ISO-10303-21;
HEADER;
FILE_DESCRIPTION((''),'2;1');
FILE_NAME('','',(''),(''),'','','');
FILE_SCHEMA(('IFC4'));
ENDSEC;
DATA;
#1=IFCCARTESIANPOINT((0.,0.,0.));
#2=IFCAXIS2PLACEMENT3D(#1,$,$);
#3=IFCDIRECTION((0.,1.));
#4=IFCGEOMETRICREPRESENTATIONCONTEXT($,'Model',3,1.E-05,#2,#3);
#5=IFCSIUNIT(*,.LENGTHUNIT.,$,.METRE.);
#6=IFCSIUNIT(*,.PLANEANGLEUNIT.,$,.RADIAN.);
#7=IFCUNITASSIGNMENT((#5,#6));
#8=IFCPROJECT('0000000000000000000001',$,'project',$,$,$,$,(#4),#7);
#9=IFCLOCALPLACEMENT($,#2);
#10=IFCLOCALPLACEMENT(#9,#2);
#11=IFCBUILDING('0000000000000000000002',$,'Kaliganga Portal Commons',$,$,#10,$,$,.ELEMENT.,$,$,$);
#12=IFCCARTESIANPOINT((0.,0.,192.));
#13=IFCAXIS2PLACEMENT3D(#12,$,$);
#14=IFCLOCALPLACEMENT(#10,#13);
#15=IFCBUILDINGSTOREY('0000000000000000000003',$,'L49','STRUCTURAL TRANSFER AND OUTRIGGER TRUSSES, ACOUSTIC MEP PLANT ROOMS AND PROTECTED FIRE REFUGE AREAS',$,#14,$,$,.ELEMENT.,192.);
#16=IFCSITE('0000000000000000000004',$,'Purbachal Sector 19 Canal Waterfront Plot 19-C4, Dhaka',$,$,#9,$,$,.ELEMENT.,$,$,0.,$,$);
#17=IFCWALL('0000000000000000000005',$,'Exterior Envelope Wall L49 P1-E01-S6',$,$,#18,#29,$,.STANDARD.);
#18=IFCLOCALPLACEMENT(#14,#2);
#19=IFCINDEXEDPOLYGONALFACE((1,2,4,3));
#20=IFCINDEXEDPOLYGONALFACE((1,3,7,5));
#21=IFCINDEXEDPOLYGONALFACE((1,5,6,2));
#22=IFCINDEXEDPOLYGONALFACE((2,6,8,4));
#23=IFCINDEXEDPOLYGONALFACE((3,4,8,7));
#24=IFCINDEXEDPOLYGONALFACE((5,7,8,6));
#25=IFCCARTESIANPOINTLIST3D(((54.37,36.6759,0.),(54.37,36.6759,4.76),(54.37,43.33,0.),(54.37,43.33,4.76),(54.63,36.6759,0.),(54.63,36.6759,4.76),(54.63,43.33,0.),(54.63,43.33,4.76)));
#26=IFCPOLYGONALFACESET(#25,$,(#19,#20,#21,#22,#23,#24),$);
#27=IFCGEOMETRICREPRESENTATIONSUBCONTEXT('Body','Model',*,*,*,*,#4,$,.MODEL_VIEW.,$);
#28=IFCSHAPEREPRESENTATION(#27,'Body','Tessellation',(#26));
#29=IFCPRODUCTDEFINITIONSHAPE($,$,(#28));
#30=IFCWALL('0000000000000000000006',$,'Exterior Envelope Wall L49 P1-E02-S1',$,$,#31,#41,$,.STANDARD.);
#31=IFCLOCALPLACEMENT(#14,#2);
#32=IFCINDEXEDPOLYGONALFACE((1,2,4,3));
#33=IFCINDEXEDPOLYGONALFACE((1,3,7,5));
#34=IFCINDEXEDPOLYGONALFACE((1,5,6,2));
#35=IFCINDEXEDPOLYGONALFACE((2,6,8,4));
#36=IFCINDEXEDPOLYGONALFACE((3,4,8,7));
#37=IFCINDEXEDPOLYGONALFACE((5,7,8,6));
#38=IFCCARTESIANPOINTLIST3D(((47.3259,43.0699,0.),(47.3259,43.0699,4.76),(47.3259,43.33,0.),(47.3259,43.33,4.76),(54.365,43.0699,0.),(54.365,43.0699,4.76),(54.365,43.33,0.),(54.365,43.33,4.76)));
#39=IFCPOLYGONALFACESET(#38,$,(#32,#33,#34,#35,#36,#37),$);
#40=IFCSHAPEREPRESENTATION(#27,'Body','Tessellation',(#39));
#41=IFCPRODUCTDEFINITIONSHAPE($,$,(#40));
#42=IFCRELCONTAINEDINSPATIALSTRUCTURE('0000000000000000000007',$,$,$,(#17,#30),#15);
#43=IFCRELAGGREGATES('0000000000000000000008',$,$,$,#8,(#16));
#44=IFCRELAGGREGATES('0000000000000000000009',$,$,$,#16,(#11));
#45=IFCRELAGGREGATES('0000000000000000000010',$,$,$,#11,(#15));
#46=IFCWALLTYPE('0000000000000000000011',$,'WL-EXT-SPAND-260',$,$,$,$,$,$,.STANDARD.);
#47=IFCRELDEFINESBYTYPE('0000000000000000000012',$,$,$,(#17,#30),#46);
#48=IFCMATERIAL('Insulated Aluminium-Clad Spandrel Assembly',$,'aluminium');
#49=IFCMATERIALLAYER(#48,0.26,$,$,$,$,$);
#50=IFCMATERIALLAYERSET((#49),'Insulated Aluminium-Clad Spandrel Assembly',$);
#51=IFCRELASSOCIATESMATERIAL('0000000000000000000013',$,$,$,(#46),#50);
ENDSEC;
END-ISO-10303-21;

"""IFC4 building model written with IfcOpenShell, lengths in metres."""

from ifc_helpers import new_model, si_unit, direction, frame, frame_2d, origin, place, context, subcontext, project, spatial, rectangle, extrude, material, layer, layer_set, type_object, element, save


model = new_model("IFC4")

# Units and contexts
model_context = context("Model", 3, precision=1e-05, world=origin(), true_north=direction((0.0, 1.0)))
body_context = subcontext(model_context, "Body", "Model", "MODEL_VIEW")
ifc_project = project(units=[si_unit("LENGTHUNIT", "METRE"), si_unit("PLANEANGLEUNIT", "RADIAN")], contexts=[model_context])

# Site, building, storey
site_placement = place(None, origin())
site = spatial("IfcSite", under=ifc_project, at=site_placement, Name="Purbachal Sector 19 Canal Waterfront Plot 19-C4, Dhaka", CompositionType="ELEMENT", RefElevation=0.0)
building_placement = place(site_placement, origin())
building = spatial("IfcBuilding", under=site, at=building_placement, Name="Kaliganga Portal Commons", CompositionType="ELEMENT")
storey_placement = place(building_placement, frame((0.0, 0.0, 192.0)))
storey = spatial("IfcBuildingStorey", under=building, at=storey_placement, Name="L49", Description="STRUCTURAL TRANSFER AND OUTRIGGER TRUSSES, ACOUSTIC MEP PLANT ROOMS AND PROTECTED FIRE REFUGE AREAS", CompositionType="ELEMENT", Elevation=192.0)

# Walls
ifc_material_1 = material(Name="Insulated Aluminium-Clad Spandrel Assembly", Category="aluminium")
ifc_layer_1 = layer(ifc_material_1, 0.26)
ifc_layer_set_1 = layer_set([ifc_layer_1], Name="Insulated Aluminium-Clad Spandrel Assembly")
wall_type = type_object("IfcWallType", Name="WL-EXT-SPAND-260", PredefinedType="STANDARD", material=ifc_layer_set_1)
wall_1_placement = place(storey_placement, frame((54.5, 43.3301, 0.0), z_axis=(0.0, 0.0, 1.0), x_axis=(0.0, -1.0, 0.0)))
element("IfcWall", 1, at=wall_1_placement, inside=storey, type_object=wall_type, Name="Exterior Envelope Wall L49 P1-E01-S6", PredefinedType="STANDARD", context=body_context, shape_type="SweptSolid", body=[
    extrude(rectangle(XDim=6.6541, YDim=0.26, at=frame_2d((3.3271, 0.0))), origin(), (0.0, 0.0, 1.0), 4.76),
])
wall_2_placement = place(storey_placement, frame((47.3259, 43.2, 0.0), z_axis=(0.0, 0.0, 1.0), x_axis=(1.0, 0.0, 0.0)))
element("IfcWall", 2, at=wall_2_placement, inside=storey, type_object=wall_type, Name="Exterior Envelope Wall L49 P1-E02-S1", PredefinedType="STANDARD", context=body_context, shape_type="SweptSolid", body=[
    extrude(rectangle(XDim=7.0391, YDim=0.26, at=frame_2d((3.5195, 0.0))), origin(), (0.0, 0.0, 1.0), 4.76),
])

save(model, "model.ifc")
